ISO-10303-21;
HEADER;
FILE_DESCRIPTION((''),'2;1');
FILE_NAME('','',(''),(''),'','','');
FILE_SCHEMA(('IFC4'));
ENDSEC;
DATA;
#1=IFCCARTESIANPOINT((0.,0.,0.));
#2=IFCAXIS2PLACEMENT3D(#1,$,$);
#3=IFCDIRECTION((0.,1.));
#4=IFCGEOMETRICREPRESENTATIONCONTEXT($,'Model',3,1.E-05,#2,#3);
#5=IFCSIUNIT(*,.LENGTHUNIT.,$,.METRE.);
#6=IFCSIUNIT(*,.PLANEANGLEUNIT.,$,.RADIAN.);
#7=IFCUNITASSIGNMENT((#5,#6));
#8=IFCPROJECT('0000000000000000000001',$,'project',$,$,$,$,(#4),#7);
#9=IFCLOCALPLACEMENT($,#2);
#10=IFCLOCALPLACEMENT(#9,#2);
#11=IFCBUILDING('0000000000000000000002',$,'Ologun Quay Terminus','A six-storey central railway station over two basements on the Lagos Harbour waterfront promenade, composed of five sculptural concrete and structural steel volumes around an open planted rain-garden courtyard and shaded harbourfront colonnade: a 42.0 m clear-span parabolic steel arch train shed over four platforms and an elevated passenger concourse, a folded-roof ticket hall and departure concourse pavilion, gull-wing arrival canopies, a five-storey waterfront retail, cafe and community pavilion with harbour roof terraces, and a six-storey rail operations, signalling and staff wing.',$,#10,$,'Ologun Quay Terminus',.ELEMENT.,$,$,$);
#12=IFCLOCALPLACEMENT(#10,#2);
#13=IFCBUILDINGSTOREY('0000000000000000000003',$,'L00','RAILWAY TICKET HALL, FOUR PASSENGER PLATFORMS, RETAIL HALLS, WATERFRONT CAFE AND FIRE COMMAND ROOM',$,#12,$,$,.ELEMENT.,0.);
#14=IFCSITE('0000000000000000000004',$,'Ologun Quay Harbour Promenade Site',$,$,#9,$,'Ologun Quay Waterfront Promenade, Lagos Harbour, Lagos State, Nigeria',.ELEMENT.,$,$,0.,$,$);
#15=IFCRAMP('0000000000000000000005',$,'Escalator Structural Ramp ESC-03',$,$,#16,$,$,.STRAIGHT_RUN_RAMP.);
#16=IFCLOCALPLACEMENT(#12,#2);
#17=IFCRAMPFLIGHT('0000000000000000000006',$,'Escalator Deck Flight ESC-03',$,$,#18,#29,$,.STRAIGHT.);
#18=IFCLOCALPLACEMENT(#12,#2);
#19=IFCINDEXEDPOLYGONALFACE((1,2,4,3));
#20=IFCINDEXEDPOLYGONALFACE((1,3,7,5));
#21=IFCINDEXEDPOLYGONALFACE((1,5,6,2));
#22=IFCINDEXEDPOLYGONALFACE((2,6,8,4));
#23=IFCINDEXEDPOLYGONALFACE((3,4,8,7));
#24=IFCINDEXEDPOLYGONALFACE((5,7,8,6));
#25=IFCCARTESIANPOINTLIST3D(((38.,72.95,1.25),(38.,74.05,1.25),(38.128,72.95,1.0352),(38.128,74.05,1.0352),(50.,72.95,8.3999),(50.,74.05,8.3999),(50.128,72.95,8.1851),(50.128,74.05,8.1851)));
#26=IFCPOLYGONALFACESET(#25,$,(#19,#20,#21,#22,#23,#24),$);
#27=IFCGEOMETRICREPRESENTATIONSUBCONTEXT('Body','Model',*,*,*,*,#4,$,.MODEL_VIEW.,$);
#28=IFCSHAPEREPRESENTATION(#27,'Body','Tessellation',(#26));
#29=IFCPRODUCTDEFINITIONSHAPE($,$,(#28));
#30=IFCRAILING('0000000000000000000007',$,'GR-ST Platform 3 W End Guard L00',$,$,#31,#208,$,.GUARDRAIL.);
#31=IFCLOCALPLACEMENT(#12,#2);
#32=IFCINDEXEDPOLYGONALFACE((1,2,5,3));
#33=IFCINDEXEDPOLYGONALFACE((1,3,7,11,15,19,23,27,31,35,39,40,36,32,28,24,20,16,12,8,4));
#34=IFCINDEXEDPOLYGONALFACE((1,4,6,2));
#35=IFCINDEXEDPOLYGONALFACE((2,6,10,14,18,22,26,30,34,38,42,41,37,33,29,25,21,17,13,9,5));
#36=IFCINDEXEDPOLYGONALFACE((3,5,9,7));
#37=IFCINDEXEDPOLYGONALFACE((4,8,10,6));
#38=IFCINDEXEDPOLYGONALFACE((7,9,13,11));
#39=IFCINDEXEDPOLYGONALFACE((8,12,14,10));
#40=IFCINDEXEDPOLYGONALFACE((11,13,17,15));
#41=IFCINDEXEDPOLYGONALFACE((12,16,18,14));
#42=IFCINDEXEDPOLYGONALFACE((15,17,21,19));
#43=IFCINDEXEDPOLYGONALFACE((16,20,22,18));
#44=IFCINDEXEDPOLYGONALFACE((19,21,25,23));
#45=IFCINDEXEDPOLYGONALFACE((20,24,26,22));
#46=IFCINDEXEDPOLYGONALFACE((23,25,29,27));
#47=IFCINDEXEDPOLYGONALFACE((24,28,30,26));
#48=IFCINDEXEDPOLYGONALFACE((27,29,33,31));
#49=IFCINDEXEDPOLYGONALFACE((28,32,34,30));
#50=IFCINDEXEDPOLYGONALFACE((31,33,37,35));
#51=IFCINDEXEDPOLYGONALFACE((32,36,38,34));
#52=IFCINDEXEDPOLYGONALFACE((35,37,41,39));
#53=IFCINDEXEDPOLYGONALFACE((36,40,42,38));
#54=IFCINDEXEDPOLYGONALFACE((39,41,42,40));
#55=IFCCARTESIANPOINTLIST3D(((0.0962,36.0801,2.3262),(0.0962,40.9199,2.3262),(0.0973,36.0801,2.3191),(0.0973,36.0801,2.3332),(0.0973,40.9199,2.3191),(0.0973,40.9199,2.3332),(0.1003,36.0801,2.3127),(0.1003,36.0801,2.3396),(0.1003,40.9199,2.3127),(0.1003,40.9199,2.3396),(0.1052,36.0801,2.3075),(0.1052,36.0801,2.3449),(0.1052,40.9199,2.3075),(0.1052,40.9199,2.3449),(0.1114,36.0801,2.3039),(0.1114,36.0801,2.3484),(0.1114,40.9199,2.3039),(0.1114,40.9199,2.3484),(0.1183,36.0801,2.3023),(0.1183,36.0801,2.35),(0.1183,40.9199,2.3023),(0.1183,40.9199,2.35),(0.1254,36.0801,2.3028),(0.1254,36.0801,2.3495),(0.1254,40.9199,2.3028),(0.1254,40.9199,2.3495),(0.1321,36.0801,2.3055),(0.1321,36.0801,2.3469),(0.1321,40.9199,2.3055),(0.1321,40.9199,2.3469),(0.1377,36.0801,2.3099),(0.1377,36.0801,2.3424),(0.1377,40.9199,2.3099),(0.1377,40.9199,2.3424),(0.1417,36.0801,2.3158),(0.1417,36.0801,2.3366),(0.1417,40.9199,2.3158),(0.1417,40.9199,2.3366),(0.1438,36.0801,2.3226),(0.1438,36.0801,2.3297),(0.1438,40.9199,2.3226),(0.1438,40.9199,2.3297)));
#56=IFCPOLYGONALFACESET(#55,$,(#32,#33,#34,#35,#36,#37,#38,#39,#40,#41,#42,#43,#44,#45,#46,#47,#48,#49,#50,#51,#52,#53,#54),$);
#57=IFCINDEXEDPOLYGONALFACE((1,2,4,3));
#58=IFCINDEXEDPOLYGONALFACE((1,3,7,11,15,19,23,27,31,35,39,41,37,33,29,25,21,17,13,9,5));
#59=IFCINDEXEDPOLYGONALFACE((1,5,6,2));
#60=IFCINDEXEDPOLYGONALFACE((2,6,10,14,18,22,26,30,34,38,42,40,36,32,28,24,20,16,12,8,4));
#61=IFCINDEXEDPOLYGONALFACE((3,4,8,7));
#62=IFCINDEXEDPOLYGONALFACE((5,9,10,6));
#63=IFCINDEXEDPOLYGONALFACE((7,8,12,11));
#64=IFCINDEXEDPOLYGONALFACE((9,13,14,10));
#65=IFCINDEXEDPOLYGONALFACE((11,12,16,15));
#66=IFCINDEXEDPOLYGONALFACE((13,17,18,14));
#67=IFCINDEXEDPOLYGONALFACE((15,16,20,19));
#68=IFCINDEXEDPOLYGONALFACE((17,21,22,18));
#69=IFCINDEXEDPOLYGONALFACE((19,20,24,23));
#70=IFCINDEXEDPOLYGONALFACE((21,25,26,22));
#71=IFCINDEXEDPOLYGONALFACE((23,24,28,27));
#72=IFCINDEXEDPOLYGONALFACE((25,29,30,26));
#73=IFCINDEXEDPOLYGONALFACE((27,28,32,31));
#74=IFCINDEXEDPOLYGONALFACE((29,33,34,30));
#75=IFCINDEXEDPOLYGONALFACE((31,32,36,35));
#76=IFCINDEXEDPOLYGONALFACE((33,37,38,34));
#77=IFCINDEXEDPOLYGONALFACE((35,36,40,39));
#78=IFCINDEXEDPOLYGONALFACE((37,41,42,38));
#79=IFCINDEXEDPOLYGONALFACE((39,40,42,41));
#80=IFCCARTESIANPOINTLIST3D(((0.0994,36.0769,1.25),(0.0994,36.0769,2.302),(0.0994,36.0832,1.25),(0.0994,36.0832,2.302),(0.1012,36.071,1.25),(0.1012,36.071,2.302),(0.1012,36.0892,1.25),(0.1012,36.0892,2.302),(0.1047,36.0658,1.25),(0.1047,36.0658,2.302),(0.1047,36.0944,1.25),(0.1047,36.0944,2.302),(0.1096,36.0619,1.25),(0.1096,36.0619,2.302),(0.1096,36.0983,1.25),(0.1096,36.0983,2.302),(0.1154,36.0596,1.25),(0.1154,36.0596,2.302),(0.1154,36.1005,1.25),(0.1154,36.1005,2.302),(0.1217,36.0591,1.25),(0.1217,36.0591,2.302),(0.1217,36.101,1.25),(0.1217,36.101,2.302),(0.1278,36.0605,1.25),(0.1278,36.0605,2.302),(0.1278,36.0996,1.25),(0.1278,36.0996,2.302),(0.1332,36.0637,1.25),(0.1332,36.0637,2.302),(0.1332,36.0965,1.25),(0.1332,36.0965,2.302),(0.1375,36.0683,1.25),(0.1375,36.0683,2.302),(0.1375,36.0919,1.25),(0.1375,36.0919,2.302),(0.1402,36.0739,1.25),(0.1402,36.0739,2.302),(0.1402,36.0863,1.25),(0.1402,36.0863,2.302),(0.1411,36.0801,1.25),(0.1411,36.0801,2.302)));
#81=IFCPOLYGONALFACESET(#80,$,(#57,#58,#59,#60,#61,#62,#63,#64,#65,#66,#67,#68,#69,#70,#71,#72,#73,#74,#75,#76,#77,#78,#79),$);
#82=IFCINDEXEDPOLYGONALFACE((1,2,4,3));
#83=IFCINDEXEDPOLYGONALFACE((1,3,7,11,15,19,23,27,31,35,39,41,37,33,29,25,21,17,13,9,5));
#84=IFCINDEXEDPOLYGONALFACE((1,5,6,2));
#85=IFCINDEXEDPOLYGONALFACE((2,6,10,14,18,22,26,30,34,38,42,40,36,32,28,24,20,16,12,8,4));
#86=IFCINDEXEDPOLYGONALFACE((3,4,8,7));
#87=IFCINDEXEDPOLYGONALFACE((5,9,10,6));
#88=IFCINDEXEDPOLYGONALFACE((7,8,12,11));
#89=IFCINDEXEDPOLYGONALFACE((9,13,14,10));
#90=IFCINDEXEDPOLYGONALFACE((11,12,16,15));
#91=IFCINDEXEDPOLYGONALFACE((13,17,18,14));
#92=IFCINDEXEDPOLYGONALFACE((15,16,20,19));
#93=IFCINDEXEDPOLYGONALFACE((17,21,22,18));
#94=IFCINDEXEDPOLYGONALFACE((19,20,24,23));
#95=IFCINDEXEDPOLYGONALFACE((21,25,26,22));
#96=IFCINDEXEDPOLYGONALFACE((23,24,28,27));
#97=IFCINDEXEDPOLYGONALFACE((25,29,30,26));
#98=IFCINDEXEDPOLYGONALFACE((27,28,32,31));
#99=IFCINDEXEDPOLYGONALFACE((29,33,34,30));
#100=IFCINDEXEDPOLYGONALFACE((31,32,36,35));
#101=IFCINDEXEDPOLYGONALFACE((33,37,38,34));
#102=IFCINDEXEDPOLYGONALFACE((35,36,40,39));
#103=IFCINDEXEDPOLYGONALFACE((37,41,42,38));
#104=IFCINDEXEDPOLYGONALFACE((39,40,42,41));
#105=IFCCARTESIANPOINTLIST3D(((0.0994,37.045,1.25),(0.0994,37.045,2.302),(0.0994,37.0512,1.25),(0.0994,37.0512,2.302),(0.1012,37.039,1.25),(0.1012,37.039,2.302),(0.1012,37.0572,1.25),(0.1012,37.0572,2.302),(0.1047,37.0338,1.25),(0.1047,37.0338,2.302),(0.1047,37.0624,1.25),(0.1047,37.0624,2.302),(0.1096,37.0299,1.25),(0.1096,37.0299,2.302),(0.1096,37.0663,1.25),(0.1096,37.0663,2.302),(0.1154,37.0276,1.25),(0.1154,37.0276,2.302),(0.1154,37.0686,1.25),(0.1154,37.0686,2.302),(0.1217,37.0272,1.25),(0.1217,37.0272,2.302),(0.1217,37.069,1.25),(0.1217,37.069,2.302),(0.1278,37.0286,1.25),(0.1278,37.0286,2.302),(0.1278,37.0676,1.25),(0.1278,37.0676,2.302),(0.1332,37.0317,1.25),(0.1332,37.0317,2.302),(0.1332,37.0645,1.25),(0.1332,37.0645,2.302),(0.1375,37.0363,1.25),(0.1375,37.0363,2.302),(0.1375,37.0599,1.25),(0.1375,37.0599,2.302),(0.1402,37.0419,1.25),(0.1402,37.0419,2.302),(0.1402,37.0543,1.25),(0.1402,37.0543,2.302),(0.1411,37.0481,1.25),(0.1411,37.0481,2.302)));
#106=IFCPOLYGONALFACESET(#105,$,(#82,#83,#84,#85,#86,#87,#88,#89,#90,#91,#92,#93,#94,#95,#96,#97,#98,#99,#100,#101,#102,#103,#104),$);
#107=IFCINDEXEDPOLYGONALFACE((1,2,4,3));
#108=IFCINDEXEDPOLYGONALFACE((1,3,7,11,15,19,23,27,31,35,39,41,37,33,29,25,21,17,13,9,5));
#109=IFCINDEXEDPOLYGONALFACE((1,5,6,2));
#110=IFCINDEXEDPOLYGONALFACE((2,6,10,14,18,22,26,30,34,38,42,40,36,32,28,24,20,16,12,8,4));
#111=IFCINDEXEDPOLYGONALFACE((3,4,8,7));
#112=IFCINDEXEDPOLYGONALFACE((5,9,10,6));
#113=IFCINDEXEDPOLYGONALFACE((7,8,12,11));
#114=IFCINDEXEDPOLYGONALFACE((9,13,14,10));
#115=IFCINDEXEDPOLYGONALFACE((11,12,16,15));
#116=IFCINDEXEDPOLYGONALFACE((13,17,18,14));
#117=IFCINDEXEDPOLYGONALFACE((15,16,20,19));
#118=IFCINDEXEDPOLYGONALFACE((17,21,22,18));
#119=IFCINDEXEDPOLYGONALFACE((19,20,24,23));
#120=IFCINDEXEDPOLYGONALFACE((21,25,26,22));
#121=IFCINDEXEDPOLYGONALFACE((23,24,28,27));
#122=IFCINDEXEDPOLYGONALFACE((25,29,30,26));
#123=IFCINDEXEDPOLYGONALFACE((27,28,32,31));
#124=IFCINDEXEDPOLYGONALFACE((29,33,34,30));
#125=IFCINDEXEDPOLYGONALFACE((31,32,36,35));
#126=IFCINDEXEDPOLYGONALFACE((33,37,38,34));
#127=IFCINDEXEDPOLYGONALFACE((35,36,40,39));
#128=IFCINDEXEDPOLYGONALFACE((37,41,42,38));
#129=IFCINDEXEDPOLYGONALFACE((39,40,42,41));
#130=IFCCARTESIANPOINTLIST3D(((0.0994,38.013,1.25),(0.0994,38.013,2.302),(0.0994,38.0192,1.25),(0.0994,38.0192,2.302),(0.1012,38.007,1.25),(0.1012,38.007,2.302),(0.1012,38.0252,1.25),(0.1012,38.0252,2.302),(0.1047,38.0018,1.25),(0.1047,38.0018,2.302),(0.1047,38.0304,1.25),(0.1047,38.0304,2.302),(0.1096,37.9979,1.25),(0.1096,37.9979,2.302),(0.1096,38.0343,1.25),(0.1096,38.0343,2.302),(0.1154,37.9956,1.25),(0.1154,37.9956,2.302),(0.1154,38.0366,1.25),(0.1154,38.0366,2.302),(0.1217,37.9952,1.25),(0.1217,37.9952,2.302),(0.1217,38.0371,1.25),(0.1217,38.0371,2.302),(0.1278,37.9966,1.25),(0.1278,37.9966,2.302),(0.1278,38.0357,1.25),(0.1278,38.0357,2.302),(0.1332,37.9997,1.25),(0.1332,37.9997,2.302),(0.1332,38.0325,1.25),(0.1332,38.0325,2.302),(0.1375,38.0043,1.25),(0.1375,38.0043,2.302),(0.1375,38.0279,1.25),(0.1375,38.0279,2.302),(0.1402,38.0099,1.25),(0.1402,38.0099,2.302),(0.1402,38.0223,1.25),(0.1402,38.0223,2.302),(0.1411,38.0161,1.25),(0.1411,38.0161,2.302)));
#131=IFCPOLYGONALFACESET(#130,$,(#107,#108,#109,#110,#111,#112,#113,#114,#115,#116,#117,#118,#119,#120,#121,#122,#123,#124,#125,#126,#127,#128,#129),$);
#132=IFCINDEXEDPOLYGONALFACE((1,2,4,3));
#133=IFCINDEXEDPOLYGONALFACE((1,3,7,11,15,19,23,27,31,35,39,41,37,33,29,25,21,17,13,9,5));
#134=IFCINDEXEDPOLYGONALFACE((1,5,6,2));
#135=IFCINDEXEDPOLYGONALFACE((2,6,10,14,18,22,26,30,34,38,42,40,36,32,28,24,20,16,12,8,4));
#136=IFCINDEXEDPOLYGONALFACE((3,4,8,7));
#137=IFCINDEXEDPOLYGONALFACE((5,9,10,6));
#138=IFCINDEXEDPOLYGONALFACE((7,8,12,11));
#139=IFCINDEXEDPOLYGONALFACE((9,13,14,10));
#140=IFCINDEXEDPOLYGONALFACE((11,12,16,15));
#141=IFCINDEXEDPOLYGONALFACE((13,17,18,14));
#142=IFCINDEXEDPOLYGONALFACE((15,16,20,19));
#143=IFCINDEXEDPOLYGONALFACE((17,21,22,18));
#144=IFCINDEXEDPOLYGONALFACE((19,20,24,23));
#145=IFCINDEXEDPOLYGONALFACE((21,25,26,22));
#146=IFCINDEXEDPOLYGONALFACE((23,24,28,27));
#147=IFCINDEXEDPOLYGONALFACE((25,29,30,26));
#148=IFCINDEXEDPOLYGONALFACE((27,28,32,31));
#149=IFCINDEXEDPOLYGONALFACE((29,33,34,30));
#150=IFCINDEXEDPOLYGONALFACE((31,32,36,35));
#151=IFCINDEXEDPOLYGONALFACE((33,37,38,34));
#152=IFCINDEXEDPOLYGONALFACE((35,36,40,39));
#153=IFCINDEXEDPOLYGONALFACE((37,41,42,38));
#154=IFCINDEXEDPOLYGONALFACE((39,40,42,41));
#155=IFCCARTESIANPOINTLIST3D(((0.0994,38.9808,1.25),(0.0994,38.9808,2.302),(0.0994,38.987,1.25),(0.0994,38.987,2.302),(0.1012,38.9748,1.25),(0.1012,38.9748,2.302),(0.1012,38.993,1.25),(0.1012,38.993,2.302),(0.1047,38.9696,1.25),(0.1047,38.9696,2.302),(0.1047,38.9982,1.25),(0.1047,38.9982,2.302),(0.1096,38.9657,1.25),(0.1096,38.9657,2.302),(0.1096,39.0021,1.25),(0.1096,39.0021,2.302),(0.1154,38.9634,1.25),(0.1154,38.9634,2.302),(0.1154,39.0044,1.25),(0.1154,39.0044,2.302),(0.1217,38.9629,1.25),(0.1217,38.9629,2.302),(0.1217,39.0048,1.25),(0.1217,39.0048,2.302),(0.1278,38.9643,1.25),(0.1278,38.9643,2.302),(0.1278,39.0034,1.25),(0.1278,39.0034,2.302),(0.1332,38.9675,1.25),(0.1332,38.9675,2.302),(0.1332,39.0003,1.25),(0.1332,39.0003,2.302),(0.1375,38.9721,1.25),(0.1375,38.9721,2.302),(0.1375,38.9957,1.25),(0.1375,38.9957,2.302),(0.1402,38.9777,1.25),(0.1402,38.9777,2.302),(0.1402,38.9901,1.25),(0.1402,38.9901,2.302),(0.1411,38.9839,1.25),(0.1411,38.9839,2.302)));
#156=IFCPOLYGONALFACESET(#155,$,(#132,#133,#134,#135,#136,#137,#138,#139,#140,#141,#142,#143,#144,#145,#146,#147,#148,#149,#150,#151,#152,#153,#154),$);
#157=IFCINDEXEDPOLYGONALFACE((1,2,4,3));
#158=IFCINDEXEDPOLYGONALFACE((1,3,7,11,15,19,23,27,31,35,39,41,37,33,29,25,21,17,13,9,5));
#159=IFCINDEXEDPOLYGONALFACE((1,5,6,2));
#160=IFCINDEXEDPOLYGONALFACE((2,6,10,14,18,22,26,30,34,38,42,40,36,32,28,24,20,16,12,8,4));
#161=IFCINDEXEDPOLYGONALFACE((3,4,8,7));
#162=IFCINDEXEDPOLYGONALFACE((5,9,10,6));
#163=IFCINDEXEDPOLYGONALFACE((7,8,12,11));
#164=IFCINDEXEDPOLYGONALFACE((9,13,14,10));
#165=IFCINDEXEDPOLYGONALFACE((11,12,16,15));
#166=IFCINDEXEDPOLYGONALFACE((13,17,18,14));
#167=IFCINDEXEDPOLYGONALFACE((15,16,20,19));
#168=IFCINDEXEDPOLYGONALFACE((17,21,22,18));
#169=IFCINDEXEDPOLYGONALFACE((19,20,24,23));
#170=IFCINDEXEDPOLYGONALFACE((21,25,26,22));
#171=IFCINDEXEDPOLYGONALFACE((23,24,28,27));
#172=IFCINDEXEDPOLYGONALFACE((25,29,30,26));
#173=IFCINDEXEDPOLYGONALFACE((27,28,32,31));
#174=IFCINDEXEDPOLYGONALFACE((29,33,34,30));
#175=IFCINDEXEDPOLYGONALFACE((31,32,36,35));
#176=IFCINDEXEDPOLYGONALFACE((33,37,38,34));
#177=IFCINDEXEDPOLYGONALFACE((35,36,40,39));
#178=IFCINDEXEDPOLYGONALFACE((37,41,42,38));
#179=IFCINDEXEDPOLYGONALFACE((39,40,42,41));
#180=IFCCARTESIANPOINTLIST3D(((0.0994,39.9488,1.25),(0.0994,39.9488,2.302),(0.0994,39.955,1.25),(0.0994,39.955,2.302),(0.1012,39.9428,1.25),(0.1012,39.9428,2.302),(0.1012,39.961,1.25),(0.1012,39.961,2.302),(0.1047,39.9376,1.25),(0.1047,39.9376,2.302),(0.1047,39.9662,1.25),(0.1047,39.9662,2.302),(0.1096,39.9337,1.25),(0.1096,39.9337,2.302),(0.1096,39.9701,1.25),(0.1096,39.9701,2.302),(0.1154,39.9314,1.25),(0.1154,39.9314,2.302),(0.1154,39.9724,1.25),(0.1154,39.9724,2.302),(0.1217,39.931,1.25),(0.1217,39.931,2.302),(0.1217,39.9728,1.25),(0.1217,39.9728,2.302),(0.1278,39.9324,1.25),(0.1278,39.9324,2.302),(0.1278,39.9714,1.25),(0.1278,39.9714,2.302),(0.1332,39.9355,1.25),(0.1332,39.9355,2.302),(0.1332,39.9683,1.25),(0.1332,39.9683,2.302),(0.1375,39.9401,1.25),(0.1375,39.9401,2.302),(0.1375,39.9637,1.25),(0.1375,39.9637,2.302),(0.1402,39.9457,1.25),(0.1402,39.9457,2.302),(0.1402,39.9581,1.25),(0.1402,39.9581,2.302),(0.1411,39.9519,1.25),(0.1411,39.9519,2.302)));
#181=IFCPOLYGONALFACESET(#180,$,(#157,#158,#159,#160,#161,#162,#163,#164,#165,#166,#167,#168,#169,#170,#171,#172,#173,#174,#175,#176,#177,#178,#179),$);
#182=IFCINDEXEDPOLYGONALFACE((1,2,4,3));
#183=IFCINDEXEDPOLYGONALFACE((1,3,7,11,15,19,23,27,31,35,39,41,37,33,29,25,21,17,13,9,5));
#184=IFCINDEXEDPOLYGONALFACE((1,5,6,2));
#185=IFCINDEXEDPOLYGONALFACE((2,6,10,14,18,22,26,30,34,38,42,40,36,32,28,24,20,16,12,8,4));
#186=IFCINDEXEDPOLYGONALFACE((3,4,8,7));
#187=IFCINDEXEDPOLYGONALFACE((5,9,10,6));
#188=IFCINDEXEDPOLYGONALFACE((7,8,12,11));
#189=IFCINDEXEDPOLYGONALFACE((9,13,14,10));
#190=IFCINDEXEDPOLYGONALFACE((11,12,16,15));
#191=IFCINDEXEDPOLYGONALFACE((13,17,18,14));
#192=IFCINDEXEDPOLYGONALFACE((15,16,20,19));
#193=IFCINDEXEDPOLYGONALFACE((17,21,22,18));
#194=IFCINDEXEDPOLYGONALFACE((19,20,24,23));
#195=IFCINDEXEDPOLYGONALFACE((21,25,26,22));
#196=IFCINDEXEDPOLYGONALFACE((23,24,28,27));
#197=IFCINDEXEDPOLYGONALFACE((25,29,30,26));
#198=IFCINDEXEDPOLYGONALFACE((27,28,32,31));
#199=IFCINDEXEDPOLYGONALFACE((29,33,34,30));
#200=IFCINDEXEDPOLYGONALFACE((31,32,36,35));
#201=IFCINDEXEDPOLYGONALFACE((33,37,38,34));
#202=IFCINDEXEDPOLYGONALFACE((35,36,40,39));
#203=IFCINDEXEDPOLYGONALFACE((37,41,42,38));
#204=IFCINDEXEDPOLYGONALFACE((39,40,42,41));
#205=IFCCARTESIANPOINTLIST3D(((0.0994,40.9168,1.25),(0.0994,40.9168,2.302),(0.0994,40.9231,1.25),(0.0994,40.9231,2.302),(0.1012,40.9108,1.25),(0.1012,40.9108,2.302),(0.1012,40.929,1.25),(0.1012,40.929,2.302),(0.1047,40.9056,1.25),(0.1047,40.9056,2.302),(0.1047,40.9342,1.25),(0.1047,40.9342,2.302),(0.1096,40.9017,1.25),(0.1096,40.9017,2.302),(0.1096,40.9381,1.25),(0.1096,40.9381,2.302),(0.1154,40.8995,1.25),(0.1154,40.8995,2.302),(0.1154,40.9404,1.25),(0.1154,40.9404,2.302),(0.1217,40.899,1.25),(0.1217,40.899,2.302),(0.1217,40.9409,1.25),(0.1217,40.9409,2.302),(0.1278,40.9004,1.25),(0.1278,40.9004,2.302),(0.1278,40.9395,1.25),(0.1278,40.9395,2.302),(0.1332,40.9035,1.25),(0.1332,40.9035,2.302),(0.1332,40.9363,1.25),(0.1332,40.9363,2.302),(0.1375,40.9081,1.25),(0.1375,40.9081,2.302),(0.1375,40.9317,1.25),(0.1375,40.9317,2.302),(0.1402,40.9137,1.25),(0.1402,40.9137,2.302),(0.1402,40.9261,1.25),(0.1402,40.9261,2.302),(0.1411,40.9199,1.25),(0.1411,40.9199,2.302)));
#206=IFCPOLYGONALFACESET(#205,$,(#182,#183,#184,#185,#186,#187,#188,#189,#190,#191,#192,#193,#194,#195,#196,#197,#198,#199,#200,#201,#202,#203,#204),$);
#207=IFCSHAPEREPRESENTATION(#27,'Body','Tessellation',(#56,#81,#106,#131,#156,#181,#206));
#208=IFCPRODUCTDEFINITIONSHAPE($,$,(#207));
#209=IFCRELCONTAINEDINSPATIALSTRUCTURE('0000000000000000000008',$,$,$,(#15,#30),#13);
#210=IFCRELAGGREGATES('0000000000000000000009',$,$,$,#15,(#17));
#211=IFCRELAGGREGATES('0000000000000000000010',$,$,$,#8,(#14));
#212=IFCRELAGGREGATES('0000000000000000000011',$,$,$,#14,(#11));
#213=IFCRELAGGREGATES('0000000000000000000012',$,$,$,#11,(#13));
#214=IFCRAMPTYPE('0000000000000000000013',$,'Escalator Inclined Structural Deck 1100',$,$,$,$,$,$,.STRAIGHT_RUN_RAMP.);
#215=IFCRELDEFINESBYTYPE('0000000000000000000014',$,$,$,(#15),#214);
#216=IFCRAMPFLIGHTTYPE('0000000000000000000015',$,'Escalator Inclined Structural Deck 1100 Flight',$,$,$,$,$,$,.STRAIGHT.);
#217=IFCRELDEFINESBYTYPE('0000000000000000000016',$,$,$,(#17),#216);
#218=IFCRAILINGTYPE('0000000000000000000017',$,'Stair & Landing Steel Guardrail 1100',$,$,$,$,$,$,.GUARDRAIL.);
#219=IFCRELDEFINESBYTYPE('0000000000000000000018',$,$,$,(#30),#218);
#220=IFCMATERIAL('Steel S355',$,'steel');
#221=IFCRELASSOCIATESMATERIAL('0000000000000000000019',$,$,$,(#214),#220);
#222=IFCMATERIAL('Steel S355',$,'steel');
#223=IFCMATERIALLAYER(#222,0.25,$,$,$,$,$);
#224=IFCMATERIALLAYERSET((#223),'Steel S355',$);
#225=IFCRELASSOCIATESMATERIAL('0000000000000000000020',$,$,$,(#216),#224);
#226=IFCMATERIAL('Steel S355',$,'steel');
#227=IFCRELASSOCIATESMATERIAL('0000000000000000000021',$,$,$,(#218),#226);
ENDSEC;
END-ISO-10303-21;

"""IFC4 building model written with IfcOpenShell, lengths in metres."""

from ifc_helpers import new_model, si_unit, direction, frame, origin, origin_2d, place, context, subcontext, project, spatial, polyline, circle, outline, extrude, material, layer, layer_set, type_object, element, aggregate, save


model = new_model("IFC4")

# Units and contexts
model_context = context("Model", 3, precision=1e-05, world=origin(), true_north=direction((0.0, 1.0)))
body_context = subcontext(model_context, "Body", "Model", "MODEL_VIEW")
ifc_project = project(units=[si_unit("LENGTHUNIT", "METRE"), si_unit("PLANEANGLEUNIT", "RADIAN")], contexts=[model_context])

# Site, building, storey
site_placement = place(None, origin())
site = spatial("IfcSite", under=ifc_project, at=site_placement, Name="Ologun Quay Harbour Promenade Site", LongName="Ologun Quay Waterfront Promenade, Lagos Harbour, Lagos State, Nigeria", CompositionType="ELEMENT", RefElevation=0.0)
building_placement = place(site_placement, origin())
building = spatial("IfcBuilding", under=site, at=building_placement, Name="Ologun Quay Terminus", Description="A six-storey central railway station over two basements on the Lagos Harbour waterfront promenade, composed of five sculptural concrete and structural steel volumes around an open planted rain-garden courtyard and shaded harbourfront colonnade: a 42.0 m clear-span parabolic steel arch train shed over four platforms and an elevated passenger concourse, a folded-roof ticket hall and departure concourse pavilion, gull-wing arrival canopies, a five-storey waterfront retail, cafe and community pavilion with harbour roof terraces, and a six-storey rail operations, signalling and staff wing.", LongName="Ologun Quay Terminus", CompositionType="ELEMENT")
storey_placement = place(building_placement, origin())
storey = spatial("IfcBuildingStorey", under=building, at=storey_placement, Name="L00", Description="RAILWAY TICKET HALL, FOUR PASSENGER PLATFORMS, RETAIL HALLS, WATERFRONT CAFE AND FIRE COMMAND ROOM", CompositionType="ELEMENT", Elevation=0.0)

# Ramp, ramp flight
ifc_material_1 = material(Name="Steel S355", Category="steel")
ramp_type = type_object("IfcRampType", Name="Escalator Inclined Structural Deck 1100", PredefinedType="STRAIGHT_RUN_RAMP", material=ifc_material_1)
ifc_material_2 = material(Name="Steel S355", Category="steel")
ifc_layer_1 = layer(ifc_material_2, 0.25)
ifc_layer_set_1 = layer_set([ifc_layer_1], Name="Steel S355")
ramp_flight_type = type_object("IfcRampFlightType", Name="Escalator Inclined Structural Deck 1100 Flight", PredefinedType="STRAIGHT", material=ifc_layer_set_1)
ramp_1_placement = place(storey_placement, origin())
ramp_1 = element("IfcRamp", 1, at=ramp_1_placement, inside=storey, type_object=ramp_type, Name="Escalator Structural Ramp ESC-03", PredefinedType="STRAIGHT_RUN_RAMP")
ramp_flight_1_placement = place(storey_placement, frame((38.0, 72.95, 1.25), z_axis=(-0.511856, 0.0, 0.859071), x_axis=(0.859071, 0.0, 0.511856)))
ramp_flight_1 = element("IfcRampFlight", 2, at=ramp_flight_1_placement, type_object=ramp_flight_type, Name="Escalator Deck Flight ESC-03", PredefinedType="STRAIGHT", context=body_context, shape_type="SweptSolid", body=[
    extrude(outline(polyline([(0.0, 0.0), (13.9686, 0.0), (13.9686, 1.1001), (0.0, 1.1001), (0.0, 0.0)])), origin(), (0.0, 0.0, -1.0), 0.25),
])
aggregate(ramp_1, [ramp_flight_1])

# Railing
ifc_material_3 = material(Name="Steel S355", Category="steel")
railing_type_1 = type_object("IfcRailingType", Name="Stair & Landing Steel Guardrail 1100", PredefinedType="GUARDRAIL", material=ifc_material_3)
railing_1_placement = place(storey_placement, frame((0.1201, 36.0801, 1.25)))
element("IfcRailing", 3, at=railing_1_placement, inside=storey, type_object=railing_type_1, Name="GR-ST Platform 3 W End Guard L00", PredefinedType="GUARDRAIL", context=body_context, shape_type="SweptSolid", body=[
    extrude(circle(Radius=0.0239, at=origin_2d()), frame((0.0, 0.0, 1.0762), z_axis=(0.0, 1.0, 0.0), x_axis=(-1.0, 0.0, 0.0)), (0.0, 0.0, 1.0), 4.8398),
    extrude(circle(Radius=0.021, at=origin_2d()), origin(), (0.0, 0.0, 1.0), 1.052),
    extrude(circle(Radius=0.021, at=origin_2d()), frame((0.0, 0.968, 0.0)), (0.0, 0.0, 1.0), 1.052),
    extrude(circle(Radius=0.021, at=origin_2d()), frame((0.0, 1.936, 0.0)), (0.0, 0.0, 1.0), 1.052),
    extrude(circle(Radius=0.021, at=origin_2d()), frame((0.0, 2.9038, 0.0)), (0.0, 0.0, 1.0), 1.052),
    extrude(circle(Radius=0.021, at=origin_2d()), frame((0.0, 3.8718, 0.0)), (0.0, 0.0, 1.0), 1.052),
    extrude(circle(Radius=0.021, at=origin_2d()), frame((0.0, 4.8398, 0.0)), (0.0, 0.0, 1.0), 1.052),
])

save(model, "model.ifc")
